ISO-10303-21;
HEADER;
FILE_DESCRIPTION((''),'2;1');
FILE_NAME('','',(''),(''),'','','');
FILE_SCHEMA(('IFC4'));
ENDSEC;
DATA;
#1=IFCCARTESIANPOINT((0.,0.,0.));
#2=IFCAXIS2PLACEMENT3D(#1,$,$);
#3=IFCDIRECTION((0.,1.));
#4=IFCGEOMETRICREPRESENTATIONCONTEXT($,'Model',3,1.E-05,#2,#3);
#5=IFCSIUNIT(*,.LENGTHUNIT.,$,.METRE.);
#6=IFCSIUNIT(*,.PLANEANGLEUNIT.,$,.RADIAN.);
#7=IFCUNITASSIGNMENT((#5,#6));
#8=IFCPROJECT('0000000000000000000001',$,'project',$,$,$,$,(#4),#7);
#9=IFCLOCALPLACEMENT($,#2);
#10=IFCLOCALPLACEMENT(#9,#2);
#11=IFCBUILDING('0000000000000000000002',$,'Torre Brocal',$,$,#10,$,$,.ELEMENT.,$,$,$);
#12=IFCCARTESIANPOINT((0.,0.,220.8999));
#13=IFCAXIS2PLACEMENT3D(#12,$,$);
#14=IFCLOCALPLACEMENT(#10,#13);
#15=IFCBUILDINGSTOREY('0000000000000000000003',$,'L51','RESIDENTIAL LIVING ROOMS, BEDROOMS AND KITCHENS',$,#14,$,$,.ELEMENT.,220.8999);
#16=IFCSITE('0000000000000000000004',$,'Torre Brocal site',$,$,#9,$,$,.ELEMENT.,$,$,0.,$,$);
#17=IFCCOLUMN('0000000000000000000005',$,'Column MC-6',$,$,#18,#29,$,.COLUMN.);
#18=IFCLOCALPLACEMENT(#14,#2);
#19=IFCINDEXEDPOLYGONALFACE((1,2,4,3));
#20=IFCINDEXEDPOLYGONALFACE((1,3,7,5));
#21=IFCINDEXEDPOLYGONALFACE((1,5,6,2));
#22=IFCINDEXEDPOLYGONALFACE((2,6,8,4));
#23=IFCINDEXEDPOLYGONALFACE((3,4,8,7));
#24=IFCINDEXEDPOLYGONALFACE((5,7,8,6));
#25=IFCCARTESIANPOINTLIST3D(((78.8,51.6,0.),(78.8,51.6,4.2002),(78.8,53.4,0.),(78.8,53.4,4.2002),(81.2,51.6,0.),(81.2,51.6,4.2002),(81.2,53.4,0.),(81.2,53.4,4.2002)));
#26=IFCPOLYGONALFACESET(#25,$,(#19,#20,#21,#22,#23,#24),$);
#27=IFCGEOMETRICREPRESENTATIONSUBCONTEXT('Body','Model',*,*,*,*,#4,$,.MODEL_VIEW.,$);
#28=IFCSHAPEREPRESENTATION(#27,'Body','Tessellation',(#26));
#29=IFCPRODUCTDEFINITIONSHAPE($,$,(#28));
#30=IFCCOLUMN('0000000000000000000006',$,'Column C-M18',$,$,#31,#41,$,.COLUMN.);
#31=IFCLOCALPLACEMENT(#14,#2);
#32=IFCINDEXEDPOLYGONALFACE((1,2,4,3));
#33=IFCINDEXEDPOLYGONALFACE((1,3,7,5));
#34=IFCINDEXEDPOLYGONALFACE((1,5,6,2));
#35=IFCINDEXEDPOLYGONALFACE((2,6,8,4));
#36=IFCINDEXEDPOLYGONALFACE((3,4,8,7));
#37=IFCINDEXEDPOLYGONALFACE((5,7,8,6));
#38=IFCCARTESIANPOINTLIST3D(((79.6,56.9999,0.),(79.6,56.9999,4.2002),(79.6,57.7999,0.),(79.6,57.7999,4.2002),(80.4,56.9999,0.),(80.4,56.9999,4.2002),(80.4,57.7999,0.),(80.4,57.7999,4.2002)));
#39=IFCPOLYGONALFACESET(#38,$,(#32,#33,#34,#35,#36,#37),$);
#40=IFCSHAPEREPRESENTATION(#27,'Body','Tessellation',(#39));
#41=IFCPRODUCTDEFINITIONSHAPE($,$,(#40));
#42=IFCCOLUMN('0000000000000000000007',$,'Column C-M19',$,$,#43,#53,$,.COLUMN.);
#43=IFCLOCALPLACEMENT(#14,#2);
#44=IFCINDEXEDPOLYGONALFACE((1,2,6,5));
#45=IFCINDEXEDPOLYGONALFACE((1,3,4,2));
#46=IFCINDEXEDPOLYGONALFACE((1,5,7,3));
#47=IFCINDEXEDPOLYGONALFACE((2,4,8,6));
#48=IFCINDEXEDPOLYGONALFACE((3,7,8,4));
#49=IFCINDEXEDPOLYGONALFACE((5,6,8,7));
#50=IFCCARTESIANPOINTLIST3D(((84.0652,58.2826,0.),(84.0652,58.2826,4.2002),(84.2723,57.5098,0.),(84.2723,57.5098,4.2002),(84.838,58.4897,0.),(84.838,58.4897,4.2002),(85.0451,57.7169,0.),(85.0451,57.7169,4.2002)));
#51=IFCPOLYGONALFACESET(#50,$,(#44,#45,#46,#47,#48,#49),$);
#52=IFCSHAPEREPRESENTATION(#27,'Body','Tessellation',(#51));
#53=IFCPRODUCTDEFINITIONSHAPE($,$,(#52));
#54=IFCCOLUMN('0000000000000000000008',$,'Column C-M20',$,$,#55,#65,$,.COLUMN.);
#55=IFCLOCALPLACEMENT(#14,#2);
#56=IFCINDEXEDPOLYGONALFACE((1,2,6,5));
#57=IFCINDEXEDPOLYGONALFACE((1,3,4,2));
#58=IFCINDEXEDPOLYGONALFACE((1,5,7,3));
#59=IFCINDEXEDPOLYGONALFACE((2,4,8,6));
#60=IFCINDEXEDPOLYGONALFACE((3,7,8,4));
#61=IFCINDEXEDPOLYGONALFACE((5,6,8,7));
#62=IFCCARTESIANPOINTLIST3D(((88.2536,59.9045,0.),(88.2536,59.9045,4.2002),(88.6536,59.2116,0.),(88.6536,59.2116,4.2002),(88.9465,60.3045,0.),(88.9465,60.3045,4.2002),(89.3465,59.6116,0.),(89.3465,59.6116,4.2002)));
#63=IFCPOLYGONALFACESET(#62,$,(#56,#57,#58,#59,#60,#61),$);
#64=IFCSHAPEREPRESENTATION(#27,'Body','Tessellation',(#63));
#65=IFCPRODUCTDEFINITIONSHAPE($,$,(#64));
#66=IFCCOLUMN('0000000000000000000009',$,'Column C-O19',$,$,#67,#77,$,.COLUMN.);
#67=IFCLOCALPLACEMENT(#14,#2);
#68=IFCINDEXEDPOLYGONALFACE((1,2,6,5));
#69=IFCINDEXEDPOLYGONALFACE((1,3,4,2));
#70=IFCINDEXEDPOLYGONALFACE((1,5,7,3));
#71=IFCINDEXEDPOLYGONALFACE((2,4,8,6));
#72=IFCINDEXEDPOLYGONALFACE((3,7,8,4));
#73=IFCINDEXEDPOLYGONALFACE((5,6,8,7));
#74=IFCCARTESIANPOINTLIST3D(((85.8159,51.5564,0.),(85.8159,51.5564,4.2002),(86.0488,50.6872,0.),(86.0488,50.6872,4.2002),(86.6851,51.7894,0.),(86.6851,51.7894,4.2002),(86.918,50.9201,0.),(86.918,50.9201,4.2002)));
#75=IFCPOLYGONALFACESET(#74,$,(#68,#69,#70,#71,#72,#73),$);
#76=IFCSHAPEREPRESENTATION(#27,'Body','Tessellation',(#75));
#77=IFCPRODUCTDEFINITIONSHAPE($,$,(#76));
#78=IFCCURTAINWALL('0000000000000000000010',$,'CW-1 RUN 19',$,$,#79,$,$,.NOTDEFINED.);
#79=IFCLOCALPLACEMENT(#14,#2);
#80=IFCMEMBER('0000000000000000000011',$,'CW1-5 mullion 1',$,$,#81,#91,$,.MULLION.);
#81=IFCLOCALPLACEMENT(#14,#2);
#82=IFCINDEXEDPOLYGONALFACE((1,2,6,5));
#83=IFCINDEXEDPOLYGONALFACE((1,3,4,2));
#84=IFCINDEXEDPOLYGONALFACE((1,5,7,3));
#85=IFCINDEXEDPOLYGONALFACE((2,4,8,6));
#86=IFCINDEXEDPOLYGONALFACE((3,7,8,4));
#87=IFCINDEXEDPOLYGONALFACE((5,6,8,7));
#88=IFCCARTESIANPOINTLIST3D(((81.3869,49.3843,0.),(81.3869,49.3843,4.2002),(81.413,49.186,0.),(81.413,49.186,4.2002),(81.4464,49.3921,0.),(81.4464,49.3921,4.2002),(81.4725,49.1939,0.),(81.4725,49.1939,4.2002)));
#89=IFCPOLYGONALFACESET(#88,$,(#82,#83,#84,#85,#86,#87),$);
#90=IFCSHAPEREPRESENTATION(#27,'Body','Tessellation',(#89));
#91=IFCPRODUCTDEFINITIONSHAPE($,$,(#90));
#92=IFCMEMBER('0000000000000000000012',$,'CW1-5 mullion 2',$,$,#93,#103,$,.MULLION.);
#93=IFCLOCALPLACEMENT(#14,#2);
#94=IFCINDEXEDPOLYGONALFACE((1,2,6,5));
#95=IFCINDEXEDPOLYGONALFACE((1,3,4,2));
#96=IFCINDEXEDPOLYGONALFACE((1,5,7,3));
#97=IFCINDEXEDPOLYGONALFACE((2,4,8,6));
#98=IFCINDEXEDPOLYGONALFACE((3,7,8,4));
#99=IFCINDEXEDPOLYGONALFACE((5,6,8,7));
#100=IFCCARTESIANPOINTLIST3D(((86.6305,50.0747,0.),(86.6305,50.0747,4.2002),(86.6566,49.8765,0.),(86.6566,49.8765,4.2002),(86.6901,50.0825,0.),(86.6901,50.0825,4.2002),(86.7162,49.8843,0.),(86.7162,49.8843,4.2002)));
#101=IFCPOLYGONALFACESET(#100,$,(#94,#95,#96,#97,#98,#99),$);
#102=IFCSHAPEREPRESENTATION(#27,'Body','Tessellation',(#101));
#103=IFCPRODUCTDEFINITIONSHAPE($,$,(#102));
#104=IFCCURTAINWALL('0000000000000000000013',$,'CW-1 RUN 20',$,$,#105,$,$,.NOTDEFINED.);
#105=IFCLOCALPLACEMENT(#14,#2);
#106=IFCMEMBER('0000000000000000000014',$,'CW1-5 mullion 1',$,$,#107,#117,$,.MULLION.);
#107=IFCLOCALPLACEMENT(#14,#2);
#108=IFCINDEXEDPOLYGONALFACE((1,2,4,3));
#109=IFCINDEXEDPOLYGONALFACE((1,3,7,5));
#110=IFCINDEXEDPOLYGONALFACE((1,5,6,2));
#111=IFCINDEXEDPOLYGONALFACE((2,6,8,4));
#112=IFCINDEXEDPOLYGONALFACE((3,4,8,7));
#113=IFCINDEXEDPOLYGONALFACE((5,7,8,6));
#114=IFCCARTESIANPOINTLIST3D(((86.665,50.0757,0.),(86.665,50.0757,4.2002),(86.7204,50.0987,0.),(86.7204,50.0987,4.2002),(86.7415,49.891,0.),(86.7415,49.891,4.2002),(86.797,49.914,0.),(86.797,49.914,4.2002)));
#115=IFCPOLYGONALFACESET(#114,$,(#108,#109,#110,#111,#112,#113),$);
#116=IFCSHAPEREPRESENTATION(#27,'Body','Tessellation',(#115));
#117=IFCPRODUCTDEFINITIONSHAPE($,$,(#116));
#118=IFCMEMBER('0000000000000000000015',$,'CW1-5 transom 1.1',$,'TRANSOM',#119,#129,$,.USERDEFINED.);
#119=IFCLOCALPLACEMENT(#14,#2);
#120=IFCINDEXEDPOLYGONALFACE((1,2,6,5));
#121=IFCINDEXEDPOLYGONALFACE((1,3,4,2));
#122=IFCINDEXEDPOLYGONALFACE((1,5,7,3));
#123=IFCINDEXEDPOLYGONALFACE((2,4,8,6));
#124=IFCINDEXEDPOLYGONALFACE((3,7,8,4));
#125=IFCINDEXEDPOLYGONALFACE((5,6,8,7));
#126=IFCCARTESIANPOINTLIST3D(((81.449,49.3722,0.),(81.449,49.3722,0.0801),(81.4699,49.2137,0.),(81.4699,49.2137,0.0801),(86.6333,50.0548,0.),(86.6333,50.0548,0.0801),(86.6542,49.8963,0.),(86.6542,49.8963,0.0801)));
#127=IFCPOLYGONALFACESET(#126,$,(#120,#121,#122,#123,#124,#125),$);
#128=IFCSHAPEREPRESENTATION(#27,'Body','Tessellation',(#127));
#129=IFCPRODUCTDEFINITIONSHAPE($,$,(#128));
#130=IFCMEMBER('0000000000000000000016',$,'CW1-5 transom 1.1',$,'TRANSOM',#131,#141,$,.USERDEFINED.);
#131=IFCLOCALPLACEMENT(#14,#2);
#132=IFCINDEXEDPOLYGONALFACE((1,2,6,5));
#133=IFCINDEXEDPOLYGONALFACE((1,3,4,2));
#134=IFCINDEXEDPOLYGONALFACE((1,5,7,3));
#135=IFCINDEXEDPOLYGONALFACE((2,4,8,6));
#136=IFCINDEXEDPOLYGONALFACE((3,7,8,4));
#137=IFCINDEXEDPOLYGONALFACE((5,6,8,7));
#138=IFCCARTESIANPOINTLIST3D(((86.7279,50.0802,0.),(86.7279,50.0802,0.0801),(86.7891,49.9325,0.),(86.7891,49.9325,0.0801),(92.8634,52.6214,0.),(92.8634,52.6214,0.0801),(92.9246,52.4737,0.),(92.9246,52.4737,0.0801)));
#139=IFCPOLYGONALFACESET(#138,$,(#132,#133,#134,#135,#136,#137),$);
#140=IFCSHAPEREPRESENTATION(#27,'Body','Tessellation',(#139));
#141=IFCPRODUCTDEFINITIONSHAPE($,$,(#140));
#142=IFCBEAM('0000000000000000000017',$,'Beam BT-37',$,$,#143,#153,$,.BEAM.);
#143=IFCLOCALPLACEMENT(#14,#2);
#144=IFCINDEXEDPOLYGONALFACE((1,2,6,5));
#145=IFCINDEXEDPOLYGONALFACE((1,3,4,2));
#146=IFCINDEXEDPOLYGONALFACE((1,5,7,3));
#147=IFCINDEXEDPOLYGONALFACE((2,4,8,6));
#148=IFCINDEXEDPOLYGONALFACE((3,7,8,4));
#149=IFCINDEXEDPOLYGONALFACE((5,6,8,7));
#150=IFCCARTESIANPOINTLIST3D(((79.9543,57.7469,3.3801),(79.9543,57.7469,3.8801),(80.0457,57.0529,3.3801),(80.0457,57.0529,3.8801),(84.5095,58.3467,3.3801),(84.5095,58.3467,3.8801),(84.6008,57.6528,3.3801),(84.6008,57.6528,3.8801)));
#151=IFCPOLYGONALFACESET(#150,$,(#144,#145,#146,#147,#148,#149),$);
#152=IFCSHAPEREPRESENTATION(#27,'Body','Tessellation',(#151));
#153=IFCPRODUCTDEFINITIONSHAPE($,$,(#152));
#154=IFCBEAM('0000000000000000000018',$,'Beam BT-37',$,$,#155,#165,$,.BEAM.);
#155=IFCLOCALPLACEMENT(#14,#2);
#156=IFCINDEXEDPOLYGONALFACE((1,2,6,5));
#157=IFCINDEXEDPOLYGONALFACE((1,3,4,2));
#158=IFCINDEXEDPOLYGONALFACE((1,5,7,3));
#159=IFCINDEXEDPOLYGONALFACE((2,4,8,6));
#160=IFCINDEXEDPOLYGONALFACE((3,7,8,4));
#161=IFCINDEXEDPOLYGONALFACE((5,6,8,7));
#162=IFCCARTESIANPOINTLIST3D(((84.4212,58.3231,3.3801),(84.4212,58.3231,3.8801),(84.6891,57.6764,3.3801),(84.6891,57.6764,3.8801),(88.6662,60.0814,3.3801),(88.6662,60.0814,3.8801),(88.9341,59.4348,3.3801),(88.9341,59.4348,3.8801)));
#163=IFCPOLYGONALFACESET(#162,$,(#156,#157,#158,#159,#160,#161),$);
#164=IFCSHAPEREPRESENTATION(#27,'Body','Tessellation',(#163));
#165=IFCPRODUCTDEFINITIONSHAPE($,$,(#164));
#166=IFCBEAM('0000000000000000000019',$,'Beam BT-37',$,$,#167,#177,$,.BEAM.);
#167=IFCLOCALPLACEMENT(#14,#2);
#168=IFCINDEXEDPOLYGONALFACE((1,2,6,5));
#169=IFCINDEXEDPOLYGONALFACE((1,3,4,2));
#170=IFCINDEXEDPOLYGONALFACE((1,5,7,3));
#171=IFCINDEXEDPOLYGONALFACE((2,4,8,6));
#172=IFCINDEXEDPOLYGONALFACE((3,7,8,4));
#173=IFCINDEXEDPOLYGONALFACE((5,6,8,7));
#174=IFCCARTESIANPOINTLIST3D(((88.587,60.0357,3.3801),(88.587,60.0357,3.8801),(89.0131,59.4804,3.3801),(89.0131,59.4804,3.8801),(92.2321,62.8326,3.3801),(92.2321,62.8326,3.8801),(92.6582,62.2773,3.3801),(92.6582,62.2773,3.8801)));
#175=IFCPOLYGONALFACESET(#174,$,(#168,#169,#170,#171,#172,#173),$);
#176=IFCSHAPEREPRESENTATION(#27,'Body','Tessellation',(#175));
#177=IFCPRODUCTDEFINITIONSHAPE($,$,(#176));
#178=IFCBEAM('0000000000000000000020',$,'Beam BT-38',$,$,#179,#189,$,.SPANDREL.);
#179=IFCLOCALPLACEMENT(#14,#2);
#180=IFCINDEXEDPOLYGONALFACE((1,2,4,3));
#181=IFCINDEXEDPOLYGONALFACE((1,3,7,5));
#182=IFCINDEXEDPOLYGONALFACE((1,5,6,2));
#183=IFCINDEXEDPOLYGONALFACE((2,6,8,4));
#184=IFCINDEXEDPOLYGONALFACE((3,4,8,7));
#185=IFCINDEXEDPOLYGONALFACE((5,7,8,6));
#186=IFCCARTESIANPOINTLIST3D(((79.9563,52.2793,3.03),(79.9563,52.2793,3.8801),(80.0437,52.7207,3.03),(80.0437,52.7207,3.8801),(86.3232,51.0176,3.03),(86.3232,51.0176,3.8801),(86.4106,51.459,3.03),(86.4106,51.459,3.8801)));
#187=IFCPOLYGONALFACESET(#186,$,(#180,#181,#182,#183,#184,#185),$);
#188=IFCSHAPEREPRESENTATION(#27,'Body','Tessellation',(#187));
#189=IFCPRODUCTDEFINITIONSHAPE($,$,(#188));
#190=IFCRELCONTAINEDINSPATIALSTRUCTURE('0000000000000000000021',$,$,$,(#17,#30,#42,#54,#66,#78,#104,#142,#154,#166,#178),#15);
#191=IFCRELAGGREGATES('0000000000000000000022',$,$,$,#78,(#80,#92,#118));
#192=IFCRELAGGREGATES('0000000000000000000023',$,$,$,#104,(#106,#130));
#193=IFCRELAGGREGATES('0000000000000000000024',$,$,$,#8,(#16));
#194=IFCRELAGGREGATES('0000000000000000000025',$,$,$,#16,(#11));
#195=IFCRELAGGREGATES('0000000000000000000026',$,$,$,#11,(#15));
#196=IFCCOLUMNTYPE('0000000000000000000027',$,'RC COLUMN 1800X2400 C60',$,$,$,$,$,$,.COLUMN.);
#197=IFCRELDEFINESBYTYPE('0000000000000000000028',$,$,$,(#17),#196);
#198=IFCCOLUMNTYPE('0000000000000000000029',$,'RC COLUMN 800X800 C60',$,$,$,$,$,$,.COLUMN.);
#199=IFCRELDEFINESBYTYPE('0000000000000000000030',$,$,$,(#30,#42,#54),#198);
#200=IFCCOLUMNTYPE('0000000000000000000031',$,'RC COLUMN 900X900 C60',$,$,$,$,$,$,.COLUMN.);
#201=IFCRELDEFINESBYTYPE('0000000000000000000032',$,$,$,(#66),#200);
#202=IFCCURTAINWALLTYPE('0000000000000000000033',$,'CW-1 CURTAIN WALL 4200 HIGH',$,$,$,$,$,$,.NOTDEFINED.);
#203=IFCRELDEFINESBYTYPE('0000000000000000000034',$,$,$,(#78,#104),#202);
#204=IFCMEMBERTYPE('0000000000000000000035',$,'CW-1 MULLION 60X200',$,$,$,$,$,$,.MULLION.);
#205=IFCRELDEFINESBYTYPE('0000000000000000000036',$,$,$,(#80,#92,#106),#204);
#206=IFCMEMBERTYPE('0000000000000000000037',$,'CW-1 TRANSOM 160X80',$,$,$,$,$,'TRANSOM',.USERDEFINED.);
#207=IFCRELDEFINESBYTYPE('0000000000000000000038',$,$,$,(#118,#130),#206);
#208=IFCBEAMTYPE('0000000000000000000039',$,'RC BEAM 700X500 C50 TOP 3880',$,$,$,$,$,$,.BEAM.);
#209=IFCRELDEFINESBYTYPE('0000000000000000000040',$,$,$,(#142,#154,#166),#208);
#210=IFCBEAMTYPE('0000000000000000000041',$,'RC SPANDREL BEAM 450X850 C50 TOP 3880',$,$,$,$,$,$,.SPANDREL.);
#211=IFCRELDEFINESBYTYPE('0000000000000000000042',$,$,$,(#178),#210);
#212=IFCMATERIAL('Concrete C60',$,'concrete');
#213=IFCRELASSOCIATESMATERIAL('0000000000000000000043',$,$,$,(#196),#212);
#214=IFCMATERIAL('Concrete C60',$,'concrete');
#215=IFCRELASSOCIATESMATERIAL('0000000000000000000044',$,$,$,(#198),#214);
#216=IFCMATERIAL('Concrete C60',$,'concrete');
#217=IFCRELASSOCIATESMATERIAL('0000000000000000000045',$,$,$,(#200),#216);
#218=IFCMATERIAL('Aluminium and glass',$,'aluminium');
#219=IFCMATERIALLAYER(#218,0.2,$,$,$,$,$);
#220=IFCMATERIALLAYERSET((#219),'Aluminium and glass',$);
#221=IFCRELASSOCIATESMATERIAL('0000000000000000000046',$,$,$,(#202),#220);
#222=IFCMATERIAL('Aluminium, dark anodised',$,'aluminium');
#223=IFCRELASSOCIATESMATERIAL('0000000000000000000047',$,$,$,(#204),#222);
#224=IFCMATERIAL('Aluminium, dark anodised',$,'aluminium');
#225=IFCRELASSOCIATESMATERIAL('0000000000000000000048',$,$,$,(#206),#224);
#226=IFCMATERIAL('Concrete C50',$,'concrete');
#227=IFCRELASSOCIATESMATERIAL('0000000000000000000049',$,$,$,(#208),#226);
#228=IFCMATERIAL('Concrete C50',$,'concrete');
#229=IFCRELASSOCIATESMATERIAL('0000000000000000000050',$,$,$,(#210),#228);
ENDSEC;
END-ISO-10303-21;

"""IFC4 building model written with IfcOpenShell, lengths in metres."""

from ifc_helpers import new_model, si_unit, direction, frame, origin, origin_2d, place, context, subcontext, project, spatial, rectangle, extrude, material, layer, layer_set, material_profile, profile_set, type_object, element, aggregate, save


model = new_model("IFC4")

# Units and contexts
model_context = context("Model", 3, precision=1e-05, world=origin(), true_north=direction((0.0, 1.0)))
body_context = subcontext(model_context, "Body", "Model", "MODEL_VIEW")
ifc_project = project(units=[si_unit("LENGTHUNIT", "METRE"), si_unit("PLANEANGLEUNIT", "RADIAN")], contexts=[model_context])

# Site, building, storey
site_placement = place(None, origin())
site = spatial("IfcSite", under=ifc_project, at=site_placement, Name="Torre Brocal site", CompositionType="ELEMENT", RefElevation=0.0)
building_placement = place(site_placement, origin())
building = spatial("IfcBuilding", under=site, at=building_placement, Name="Torre Brocal", CompositionType="ELEMENT")
storey_placement = place(building_placement, frame((0.0, 0.0, 220.8999)))
storey = spatial("IfcBuildingStorey", under=building, at=storey_placement, Name="L51", Description="RESIDENTIAL LIVING ROOMS, BEDROOMS AND KITCHENS", CompositionType="ELEMENT", Elevation=220.8999)

# Columns
ifc_material_1 = material(Name="Concrete C60", Category="concrete")
ifc_material_profile_1 = material_profile(ifc_material_1, rectangle(XDim=1.8, YDim=2.3999, at=origin_2d()), Name="RC 1800X2400")
ifc_profile_set_1 = profile_set([ifc_material_profile_1], Name="Concrete C60")
column_type_1 = type_object("IfcColumnType", Name="RC COLUMN 1800X2400 C60", PredefinedType="COLUMN", material=ifc_profile_set_1)
column_1_placement = place(storey_placement, frame((80.0, 52.5, 0.0), z_axis=(0.0, 0.0, 1.0), x_axis=(0.0, -1.0, 0.0)))
element("IfcColumn", 1, at=column_1_placement, inside=storey, type_object=column_type_1, Name="Column MC-6", PredefinedType="COLUMN", context=body_context, shape_type="SweptSolid", body=[
    extrude(rectangle(XDim=1.8, YDim=2.3999, at=origin_2d()), origin(), (0.0, 0.0, 1.0), 4.2002),
])
ifc_material_2 = material(Name="Concrete C60", Category="concrete")
ifc_material_profile_2 = material_profile(ifc_material_2, rectangle(XDim=0.8, YDim=0.8, at=origin_2d()), Name="RC 800X800")
ifc_profile_set_2 = profile_set([ifc_material_profile_2], Name="Concrete C60")
column_type_2 = type_object("IfcColumnType", Name="RC COLUMN 800X800 C60", PredefinedType="COLUMN", material=ifc_profile_set_2)
for number, where, z_axis, x_axis, name in (
    (2, (80.0, 57.3999, 0.0), (0.0, 0.0, 1.0), (0.0, -1.0, 0.0), "Column C-M18"),
    (3, (84.5552, 57.9998, 0.0), (0.0, 0.0, 1.0), (0.258819, -0.965926, 0.0), "Column C-M19"),
    (4, (88.8, 59.7581, 0.0), (0.0, 0.0, 1.0), (0.5, -0.866025, 0.0), "Column C-M20"),
):
    element("IfcColumn", number, at=place(storey_placement, frame(where, z_axis=z_axis, x_axis=x_axis)), inside=storey, type_object=column_type_2, Name=name, PredefinedType="COLUMN", context=body_context, shape_type="SweptSolid", body=[
        extrude(rectangle(XDim=0.8, YDim=0.8, at=origin_2d()), origin(), (0.0, 0.0, 1.0), 4.2002),
    ])
ifc_material_3 = material(Name="Concrete C60", Category="concrete")
ifc_material_profile_3 = material_profile(ifc_material_3, rectangle(XDim=0.8999, YDim=0.8999, at=origin_2d()), Name="RC 900X900")
ifc_profile_set_3 = profile_set([ifc_material_profile_3], Name="Concrete C60")
column_type_3 = type_object("IfcColumnType", Name="RC COLUMN 900X900 C60", PredefinedType="COLUMN", material=ifc_profile_set_3)
column_2_placement = place(storey_placement, frame((86.3669, 51.2383, 0.0), z_axis=(0.0, 0.0, 1.0), x_axis=(0.258819, -0.965926, 0.0)))
element("IfcColumn", 5, at=column_2_placement, inside=storey, type_object=column_type_3, Name="Column C-O19", PredefinedType="COLUMN", context=body_context, shape_type="SweptSolid", body=[
    extrude(rectangle(XDim=0.8999, YDim=0.8999, at=origin_2d()), origin(), (0.0, 0.0, 1.0), 4.2002),
])

# Curtain wall, members
ifc_material_4 = material(Name="Aluminium and glass", Category="aluminium")
ifc_layer_1 = layer(ifc_material_4, 0.2)
ifc_layer_set_1 = layer_set([ifc_layer_1], Name="Aluminium and glass")
curtain_wall_type = type_object("IfcCurtainWallType", Name="CW-1 CURTAIN WALL 4200 HIGH", PredefinedType="NOTDEFINED", material=ifc_layer_set_1)
curtain_wall_1_placement = place(storey_placement, origin())
curtain_wall_1 = element("IfcCurtainWall", 6, at=curtain_wall_1_placement, inside=storey, type_object=curtain_wall_type, Name="CW-1 RUN 19", PredefinedType="NOTDEFINED")
ifc_material_5 = material(Name="Aluminium, dark anodised", Category="aluminium")
ifc_material_profile_4 = material_profile(ifc_material_5, rectangle(XDim=0.2, YDim=0.0601, at=origin_2d()), Name="CW-1 MULLION 60X200")
ifc_profile_set_4 = profile_set([ifc_material_profile_4], Name="Aluminium, dark anodised")
member_type_1 = type_object("IfcMemberType", Name="CW-1 MULLION 60X200", PredefinedType="MULLION", material=ifc_profile_set_4)
member_1_placement = place(storey_placement, frame((81.4297, 49.2891, 0.0), z_axis=(0.0, 0.0, 1.0), x_axis=(-0.130526, 0.991445, 0.0)))
member_1 = element("IfcMember", 7, at=member_1_placement, type_object=member_type_1, Name="CW1-5 mullion 1", PredefinedType="MULLION", context=body_context, shape_type="SweptSolid", body=[
    extrude(rectangle(XDim=0.2, YDim=0.0601, at=origin_2d()), origin(), (0.0, 0.0, 1.0), 4.2002),
])
member_2_placement = place(storey_placement, frame((86.6733, 49.9795, 0.0), z_axis=(0.0, 0.0, 1.0), x_axis=(-0.130526, 0.991445, 0.0)))
member_2 = element("IfcMember", 8, at=member_2_placement, type_object=member_type_1, Name="CW1-5 mullion 2", PredefinedType="MULLION", context=body_context, shape_type="SweptSolid", body=[
    extrude(rectangle(XDim=0.2, YDim=0.0601, at=origin_2d()), origin(), (0.0, 0.0, 1.0), 4.2002),
])

# Curtain wall, member
curtain_wall_2_placement = place(storey_placement, origin())
curtain_wall_2 = element("IfcCurtainWall", 9, at=curtain_wall_2_placement, inside=storey, type_object=curtain_wall_type, Name="CW-1 RUN 20", PredefinedType="NOTDEFINED")
member_3_placement = place(storey_placement, frame((86.731, 49.9949, 0.0), z_axis=(0.0, 0.0, 1.0), x_axis=(-0.382683, 0.92388, 0.0)))
member_3 = element("IfcMember", 10, at=member_3_placement, type_object=member_type_1, Name="CW1-5 mullion 1", PredefinedType="MULLION", context=body_context, shape_type="SweptSolid", body=[
    extrude(rectangle(XDim=0.2, YDim=0.0601, at=origin_2d()), origin(), (0.0, 0.0, 1.0), 4.2002),
])

# Members
ifc_material_6 = material(Name="Aluminium, dark anodised", Category="aluminium")
ifc_material_profile_5 = material_profile(ifc_material_6, rectangle(XDim=0.1599, YDim=0.0801, at=origin_2d()), Name="CW-1 TRANSOM 160X80")
ifc_profile_set_5 = profile_set([ifc_material_profile_5], Name="Aluminium, dark anodised")
member_type_2 = type_object("IfcMemberType", Name="CW-1 TRANSOM 160X80", ElementType="TRANSOM", PredefinedType="USERDEFINED", material=ifc_profile_set_5)
member_4_placement = place(storey_placement, frame((81.4595, 49.293, 0.04), z_axis=(0.991443, 0.130543, 0.0), x_axis=(-0.130543, 0.991443, 0.0)))
member_4 = element("IfcMember", 11, at=member_4_placement, type_object=member_type_2, Name="CW1-5 transom 1.1", ObjectType="TRANSOM", PredefinedType="USERDEFINED", context=body_context, shape_type="SweptSolid", body=[
    extrude(rectangle(XDim=0.1599, YDim=0.0801, at=origin_2d()), origin(), (0.0, 0.0, 1.0), 5.229),
])
member_5_placement = place(storey_placement, frame((86.7585, 50.0063, 0.04), z_axis=(0.923887, 0.382665, 0.0), x_axis=(-0.382665, 0.923887, 0.0)))
member_5 = element("IfcMember", 12, at=member_5_placement, type_object=member_type_2, Name="CW1-5 transom 1.1", ObjectType="TRANSOM", PredefinedType="USERDEFINED", context=body_context, shape_type="SweptSolid", body=[
    extrude(rectangle(XDim=0.1599, YDim=0.0801, at=origin_2d()), origin(), (0.0, 0.0, 1.0), 6.6409),
])

# Beams
ifc_material_7 = material(Name="Concrete C50", Category="concrete")
ifc_material_profile_6 = material_profile(ifc_material_7, rectangle(XDim=0.7, YDim=0.5, at=origin_2d()), Name="RC 700X500")
ifc_profile_set_6 = profile_set([ifc_material_profile_6], Name="Concrete C50")
beam_type_1 = type_object("IfcBeamType", Name="RC BEAM 700X500 C50 TOP 3880", PredefinedType="BEAM", material=ifc_profile_set_6)
beam_1_placement = place(storey_placement, frame((80.0, 57.3999, 3.6301), z_axis=(0.991441, 0.130559, 0.0), x_axis=(-0.130559, 0.991441, 0.0)))
element("IfcBeam", 13, at=beam_1_placement, inside=storey, type_object=beam_type_1, Name="Beam BT-37", PredefinedType="BEAM", context=body_context, shape_type="SweptSolid", body=[
    extrude(rectangle(XDim=0.7, YDim=0.5, at=origin_2d()), origin(), (0.0, 0.0, 1.0), 4.5945),
])
beam_2_placement = place(storey_placement, frame((84.5552, 57.9998, 3.6301), z_axis=(0.923878, 0.382687, 0.0), x_axis=(-0.382687, 0.923878, 0.0)))
element("IfcBeam", 14, at=beam_2_placement, inside=storey, type_object=beam_type_1, Name="Beam BT-37", PredefinedType="BEAM", context=body_context, shape_type="SweptSolid", body=[
    extrude(rectangle(XDim=0.7, YDim=0.5, at=origin_2d()), origin(), (0.0, 0.0, 1.0), 4.5947),
])
beam_3_placement = place(storey_placement, frame((88.8, 59.7581, 3.6301), z_axis=(0.793358, 0.608755, 0.0), x_axis=(-0.608755, 0.793358, 0.0)))
element("IfcBeam", 15, at=beam_3_placement, inside=storey, type_object=beam_type_1, Name="Beam BT-37", PredefinedType="BEAM", context=body_context, shape_type="SweptSolid", body=[
    extrude(rectangle(XDim=0.7, YDim=0.5, at=origin_2d()), origin(), (0.0, 0.0, 1.0), 4.5945),
])
ifc_material_8 = material(Name="Concrete C50", Category="concrete")
ifc_material_profile_7 = material_profile(ifc_material_8, rectangle(XDim=0.45, YDim=0.8501, at=origin_2d()), Name="RC 450X850")
ifc_profile_set_7 = profile_set([ifc_material_profile_7], Name="Concrete C50")
beam_type_2 = type_object("IfcBeamType", Name="RC SPANDREL BEAM 450X850 C50 TOP 3880", PredefinedType="SPANDREL", material=ifc_profile_set_7)
beam_4_placement = place(storey_placement, frame((80.0, 52.5, 3.4551), z_axis=(0.980925, -0.194387, 0.0), x_axis=(0.194387, 0.980925, 0.0)))
element("IfcBeam", 16, at=beam_4_placement, inside=storey, type_object=beam_type_2, Name="Beam BT-38", PredefinedType="SPANDREL", context=body_context, shape_type="SweptSolid", body=[
    extrude(rectangle(XDim=0.45, YDim=0.8501, at=origin_2d()), origin(), (0.0, 0.0, 1.0), 6.4907),
])

aggregate(curtain_wall_1, [member_1, member_2, member_4])
aggregate(curtain_wall_2, [member_3, member_5])

save(model, "model.ifc")
